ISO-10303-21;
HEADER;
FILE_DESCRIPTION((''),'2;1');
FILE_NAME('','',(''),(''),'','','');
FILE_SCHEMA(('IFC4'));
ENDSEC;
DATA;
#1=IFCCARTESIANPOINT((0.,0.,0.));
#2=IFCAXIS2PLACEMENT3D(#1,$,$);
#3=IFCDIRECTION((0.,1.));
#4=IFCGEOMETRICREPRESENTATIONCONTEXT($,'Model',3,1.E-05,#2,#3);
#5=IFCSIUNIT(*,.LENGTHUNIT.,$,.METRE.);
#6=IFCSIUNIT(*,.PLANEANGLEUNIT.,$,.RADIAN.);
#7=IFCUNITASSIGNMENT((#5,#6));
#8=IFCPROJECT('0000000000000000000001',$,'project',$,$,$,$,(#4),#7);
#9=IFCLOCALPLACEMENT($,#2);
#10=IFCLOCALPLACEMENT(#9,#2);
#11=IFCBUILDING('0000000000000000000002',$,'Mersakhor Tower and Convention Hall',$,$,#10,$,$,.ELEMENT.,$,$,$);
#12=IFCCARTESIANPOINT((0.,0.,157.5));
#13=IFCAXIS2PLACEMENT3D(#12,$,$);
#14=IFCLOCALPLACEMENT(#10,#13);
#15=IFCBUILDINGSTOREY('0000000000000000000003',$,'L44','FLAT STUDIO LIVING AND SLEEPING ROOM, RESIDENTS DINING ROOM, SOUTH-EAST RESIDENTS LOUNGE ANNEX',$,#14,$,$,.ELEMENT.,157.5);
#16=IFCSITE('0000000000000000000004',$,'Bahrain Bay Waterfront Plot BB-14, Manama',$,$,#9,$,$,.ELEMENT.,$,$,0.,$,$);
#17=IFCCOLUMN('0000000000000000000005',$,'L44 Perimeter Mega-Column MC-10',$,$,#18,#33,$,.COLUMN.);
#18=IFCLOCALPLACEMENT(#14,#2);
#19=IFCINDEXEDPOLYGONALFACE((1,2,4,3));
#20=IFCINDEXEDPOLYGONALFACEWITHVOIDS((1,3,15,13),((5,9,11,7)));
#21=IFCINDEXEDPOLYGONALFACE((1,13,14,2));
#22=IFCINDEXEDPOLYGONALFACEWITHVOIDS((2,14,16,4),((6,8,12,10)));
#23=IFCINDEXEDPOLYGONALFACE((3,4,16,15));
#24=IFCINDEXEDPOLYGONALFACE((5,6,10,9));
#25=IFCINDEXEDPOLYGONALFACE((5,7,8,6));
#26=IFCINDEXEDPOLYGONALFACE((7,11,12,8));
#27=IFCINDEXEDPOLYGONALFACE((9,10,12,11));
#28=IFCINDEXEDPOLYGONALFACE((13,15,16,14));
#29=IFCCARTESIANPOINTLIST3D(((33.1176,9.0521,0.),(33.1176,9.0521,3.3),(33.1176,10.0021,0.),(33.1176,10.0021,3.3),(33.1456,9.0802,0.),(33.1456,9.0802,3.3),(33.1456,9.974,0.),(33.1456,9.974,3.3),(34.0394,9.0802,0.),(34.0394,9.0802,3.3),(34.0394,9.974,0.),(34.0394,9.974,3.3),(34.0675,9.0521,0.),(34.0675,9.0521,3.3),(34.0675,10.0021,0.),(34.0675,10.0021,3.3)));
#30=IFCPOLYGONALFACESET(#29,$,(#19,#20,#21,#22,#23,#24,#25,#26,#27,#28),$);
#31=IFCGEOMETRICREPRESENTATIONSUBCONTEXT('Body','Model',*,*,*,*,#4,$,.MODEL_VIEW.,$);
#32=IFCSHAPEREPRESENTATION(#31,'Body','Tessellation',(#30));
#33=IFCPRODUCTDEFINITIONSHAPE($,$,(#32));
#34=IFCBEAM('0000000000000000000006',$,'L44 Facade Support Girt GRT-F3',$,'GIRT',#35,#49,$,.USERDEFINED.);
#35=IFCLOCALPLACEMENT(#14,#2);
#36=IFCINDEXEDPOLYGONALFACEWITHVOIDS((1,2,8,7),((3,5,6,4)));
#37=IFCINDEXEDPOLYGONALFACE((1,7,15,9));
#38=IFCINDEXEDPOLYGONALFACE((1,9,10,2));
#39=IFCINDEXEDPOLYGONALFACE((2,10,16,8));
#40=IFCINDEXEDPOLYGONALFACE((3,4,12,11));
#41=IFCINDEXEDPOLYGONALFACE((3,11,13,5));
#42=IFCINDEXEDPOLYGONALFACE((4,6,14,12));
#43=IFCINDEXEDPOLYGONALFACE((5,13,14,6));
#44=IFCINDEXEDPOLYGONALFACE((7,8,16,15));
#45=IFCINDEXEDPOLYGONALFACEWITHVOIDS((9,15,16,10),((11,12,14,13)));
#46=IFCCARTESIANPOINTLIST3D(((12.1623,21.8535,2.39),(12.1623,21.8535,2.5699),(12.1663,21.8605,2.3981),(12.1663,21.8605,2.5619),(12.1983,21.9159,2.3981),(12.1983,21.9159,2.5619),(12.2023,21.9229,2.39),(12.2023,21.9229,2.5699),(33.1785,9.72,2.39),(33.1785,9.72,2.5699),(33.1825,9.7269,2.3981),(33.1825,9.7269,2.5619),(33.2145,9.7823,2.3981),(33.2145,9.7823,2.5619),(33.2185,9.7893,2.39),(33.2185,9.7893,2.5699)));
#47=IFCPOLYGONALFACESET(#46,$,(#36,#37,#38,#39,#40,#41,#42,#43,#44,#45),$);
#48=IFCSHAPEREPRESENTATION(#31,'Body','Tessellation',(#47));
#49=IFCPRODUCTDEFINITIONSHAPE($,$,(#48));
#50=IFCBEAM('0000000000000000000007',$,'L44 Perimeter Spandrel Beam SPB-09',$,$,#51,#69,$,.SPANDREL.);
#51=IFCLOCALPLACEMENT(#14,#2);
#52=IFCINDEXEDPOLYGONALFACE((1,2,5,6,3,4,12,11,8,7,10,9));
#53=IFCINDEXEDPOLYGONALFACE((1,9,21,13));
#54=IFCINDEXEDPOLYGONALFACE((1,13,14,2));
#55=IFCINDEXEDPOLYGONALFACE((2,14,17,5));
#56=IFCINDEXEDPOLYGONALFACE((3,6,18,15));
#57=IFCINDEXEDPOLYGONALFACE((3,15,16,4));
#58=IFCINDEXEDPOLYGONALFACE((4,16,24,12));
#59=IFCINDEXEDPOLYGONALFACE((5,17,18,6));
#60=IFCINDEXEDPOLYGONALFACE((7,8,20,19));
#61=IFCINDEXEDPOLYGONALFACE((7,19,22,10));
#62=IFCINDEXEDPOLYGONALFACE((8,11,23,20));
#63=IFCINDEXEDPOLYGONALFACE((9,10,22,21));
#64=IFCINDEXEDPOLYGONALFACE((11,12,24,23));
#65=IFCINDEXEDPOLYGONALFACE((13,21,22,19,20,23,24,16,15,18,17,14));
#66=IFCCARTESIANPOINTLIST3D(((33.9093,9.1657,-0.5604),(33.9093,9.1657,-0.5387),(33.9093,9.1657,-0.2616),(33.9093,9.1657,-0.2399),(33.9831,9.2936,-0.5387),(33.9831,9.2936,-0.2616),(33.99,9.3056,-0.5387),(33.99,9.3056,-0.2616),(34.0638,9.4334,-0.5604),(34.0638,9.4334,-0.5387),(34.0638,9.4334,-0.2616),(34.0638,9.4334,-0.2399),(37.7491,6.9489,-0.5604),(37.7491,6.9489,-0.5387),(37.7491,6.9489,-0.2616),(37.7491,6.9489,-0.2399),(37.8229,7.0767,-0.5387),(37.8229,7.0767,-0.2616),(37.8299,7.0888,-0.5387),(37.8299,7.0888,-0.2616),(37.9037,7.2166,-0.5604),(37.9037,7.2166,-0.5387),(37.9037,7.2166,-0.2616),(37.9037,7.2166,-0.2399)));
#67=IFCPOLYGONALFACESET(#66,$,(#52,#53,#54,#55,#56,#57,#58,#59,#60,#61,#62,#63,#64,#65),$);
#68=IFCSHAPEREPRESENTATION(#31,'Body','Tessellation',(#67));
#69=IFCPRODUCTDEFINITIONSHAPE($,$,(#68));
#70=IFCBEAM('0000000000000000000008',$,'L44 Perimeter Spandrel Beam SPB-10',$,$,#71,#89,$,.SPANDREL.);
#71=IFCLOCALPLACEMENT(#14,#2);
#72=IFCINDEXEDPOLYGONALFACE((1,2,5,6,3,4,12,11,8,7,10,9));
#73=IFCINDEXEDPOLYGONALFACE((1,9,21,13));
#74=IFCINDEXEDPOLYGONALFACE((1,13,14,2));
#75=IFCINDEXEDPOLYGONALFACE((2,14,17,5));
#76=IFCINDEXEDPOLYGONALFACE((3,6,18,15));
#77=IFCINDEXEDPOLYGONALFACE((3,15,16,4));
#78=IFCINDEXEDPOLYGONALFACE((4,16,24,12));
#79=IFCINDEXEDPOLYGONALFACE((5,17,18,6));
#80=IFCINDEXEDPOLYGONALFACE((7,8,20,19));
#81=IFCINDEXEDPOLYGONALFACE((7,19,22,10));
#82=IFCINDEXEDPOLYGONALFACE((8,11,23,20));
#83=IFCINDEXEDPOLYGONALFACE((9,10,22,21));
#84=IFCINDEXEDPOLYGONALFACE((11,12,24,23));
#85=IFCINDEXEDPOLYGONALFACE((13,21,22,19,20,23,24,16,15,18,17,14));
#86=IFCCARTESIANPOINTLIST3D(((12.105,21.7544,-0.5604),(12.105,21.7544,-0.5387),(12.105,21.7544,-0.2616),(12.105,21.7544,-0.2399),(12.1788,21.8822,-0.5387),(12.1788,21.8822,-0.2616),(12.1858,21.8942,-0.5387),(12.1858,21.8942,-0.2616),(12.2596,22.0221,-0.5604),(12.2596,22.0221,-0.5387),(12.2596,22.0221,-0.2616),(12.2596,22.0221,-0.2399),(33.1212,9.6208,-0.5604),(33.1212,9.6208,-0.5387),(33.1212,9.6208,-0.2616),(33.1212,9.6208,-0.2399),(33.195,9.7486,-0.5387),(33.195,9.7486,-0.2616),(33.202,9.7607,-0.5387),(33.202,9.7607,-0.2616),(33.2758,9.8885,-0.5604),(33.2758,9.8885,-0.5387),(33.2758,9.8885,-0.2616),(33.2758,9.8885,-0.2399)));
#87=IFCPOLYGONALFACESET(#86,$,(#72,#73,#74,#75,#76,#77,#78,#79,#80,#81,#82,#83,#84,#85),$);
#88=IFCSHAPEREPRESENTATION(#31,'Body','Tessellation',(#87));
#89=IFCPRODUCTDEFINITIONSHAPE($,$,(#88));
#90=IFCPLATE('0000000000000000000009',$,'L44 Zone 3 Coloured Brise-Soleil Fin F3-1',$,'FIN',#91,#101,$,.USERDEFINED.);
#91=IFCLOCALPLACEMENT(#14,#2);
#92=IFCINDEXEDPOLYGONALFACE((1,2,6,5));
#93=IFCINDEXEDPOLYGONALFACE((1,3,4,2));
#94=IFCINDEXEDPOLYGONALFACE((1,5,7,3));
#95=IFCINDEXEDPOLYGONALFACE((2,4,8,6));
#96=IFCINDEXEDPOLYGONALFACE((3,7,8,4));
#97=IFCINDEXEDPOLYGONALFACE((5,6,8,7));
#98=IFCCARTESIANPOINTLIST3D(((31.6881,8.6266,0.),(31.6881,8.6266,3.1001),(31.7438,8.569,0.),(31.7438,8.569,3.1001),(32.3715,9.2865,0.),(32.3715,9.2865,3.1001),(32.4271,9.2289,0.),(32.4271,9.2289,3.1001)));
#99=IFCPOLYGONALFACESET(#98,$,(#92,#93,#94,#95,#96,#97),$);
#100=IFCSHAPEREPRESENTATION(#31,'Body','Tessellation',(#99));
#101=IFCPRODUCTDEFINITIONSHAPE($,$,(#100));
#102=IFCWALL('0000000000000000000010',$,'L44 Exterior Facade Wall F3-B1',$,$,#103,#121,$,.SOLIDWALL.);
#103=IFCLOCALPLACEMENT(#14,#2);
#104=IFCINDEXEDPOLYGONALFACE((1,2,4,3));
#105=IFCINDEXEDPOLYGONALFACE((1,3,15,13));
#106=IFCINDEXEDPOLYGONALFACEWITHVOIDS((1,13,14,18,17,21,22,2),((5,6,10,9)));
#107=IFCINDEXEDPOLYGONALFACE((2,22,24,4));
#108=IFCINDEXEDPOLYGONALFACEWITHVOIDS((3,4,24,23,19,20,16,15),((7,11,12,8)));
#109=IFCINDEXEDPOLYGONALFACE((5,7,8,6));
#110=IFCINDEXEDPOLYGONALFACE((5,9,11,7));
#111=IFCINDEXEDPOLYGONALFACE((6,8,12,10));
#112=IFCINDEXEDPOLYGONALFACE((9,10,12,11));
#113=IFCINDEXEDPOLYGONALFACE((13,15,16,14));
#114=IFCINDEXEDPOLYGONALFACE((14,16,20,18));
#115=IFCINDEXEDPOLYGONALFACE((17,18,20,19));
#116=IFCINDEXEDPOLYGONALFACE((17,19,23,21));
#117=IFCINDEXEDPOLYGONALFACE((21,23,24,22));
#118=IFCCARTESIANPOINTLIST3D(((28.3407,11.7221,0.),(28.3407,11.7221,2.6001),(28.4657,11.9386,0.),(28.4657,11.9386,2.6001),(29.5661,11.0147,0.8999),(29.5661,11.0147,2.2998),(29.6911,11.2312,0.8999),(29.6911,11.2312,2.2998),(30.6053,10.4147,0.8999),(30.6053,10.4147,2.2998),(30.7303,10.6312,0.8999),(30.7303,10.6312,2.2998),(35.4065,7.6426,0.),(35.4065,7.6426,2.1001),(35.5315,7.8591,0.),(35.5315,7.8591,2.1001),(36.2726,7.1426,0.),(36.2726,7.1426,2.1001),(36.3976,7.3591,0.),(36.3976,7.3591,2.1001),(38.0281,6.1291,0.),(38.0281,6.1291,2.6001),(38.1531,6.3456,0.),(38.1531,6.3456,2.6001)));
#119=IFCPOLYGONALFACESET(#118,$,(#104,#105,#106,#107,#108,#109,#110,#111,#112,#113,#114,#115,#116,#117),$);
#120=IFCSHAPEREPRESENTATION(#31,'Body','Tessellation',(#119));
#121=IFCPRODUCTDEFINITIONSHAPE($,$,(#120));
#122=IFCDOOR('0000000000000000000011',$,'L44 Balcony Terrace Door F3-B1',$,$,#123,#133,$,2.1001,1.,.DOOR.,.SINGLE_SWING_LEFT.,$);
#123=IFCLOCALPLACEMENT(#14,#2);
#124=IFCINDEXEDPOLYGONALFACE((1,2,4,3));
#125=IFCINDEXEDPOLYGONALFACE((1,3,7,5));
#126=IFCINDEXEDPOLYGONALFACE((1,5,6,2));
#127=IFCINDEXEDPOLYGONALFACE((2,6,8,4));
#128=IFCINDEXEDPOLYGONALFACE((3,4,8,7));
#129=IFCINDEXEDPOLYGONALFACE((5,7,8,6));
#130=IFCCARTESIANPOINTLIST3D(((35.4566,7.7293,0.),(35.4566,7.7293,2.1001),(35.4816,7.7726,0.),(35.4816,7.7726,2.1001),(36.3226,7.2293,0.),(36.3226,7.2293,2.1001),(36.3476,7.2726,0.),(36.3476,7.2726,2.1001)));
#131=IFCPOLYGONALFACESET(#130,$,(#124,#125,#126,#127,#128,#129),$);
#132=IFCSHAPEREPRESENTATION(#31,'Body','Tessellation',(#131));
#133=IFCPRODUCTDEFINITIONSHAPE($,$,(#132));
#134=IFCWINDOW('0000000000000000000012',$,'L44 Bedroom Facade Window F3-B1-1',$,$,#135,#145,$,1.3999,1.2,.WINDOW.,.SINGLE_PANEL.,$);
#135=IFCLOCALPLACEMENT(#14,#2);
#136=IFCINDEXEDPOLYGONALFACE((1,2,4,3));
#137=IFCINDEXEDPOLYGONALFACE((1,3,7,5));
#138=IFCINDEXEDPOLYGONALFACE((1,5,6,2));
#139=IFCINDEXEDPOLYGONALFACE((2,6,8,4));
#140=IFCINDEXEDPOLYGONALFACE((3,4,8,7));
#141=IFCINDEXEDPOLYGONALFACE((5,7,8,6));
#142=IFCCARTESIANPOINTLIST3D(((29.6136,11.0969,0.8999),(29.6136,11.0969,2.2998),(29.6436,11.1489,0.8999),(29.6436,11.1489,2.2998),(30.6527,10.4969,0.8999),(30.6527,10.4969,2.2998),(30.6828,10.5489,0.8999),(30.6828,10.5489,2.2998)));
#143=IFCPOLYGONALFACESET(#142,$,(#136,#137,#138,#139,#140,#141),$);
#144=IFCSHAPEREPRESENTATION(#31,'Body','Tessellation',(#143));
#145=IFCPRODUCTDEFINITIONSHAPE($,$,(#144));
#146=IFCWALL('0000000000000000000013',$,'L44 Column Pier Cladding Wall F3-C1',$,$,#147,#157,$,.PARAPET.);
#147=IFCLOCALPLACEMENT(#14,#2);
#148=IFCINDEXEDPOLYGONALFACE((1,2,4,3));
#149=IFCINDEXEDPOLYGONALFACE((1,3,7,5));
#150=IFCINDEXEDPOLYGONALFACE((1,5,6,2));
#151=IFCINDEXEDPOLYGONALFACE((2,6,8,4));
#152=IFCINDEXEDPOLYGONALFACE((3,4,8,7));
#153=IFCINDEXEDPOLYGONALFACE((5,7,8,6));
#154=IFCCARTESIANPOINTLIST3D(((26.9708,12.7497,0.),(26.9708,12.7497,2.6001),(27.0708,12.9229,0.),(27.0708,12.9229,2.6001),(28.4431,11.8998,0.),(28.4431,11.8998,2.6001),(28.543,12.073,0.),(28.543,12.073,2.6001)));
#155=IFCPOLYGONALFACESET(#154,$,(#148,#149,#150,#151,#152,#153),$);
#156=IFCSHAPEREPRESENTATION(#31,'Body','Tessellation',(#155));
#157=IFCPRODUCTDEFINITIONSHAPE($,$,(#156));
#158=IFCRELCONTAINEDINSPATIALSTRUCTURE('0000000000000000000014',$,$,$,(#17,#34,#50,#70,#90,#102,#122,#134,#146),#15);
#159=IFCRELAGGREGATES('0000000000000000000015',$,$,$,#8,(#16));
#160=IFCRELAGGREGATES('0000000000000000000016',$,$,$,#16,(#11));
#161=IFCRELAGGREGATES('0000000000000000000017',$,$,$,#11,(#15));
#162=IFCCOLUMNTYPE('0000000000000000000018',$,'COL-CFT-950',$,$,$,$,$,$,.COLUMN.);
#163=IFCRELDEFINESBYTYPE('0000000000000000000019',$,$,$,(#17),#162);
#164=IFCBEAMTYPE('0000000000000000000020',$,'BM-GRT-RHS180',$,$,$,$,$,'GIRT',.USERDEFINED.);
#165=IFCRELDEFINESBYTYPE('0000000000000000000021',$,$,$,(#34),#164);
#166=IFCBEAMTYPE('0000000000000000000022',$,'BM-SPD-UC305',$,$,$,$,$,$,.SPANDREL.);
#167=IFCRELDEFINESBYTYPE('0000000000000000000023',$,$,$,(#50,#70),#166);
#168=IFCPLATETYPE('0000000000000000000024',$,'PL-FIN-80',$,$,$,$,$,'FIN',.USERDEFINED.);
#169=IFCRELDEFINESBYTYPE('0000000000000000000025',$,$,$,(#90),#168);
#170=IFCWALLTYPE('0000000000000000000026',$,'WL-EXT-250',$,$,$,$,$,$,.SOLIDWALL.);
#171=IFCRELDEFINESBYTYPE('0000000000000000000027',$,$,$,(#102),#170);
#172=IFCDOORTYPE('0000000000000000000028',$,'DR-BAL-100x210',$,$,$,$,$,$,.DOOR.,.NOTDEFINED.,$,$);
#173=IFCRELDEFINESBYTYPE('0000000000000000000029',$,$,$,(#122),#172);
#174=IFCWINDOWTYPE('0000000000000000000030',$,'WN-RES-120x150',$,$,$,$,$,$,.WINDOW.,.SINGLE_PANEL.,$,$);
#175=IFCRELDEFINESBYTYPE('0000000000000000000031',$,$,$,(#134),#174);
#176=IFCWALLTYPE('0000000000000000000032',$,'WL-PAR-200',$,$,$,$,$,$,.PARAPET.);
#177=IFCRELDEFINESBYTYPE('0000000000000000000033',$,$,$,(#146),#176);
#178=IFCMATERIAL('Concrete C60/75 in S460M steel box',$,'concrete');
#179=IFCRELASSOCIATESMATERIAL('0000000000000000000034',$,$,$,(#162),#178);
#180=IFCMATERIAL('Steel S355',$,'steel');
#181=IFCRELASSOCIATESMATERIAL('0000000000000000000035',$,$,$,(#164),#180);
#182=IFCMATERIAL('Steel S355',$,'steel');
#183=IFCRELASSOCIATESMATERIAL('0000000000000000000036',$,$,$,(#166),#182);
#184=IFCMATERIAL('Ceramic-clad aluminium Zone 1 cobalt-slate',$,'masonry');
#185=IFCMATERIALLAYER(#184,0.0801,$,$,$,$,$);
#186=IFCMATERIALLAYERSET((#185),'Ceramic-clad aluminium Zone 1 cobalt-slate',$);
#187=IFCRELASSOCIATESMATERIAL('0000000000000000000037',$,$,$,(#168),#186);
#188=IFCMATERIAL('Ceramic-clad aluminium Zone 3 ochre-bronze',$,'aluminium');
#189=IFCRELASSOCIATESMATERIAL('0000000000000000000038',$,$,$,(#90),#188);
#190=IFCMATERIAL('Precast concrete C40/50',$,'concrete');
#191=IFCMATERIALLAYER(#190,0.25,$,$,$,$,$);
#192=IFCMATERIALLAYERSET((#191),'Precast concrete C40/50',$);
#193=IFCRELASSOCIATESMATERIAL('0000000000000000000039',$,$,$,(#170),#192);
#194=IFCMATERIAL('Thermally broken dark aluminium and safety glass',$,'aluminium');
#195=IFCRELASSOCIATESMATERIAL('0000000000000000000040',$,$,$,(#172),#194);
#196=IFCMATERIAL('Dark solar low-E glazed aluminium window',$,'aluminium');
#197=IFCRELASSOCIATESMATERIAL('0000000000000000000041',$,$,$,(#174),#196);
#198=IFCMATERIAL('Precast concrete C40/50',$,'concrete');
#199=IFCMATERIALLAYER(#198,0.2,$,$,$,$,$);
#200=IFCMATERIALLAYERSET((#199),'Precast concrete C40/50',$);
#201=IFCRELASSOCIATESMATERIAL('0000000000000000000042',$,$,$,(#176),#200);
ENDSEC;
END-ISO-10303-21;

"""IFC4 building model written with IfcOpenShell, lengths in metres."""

from ifc_helpers import new_model, si_unit, direction, frame, frame_2d, origin, origin_2d, place, context, subcontext, project, spatial, rectangle, hollow_rectangle, i_section, extrude, material, layer, layer_set, material_profile, profile_set, type_object, element, fill, save


model = new_model("IFC4")

# Units and contexts
model_context = context("Model", 3, precision=1e-05, world=origin(), true_north=direction((0.0, 1.0)))
body_context = subcontext(model_context, "Body", "Model", "MODEL_VIEW")
ifc_project = project(units=[si_unit("LENGTHUNIT", "METRE"), si_unit("PLANEANGLEUNIT", "RADIAN")], contexts=[model_context])

# Site, building, storey
site_placement = place(None, origin())
site = spatial("IfcSite", under=ifc_project, at=site_placement, Name="Bahrain Bay Waterfront Plot BB-14, Manama", CompositionType="ELEMENT", RefElevation=0.0)
building_placement = place(site_placement, origin())
building = spatial("IfcBuilding", under=site, at=building_placement, Name="Mersakhor Tower and Convention Hall", CompositionType="ELEMENT")
storey_placement = place(building_placement, frame((0.0, 0.0, 157.5)))
storey = spatial("IfcBuildingStorey", under=building, at=storey_placement, Name="L44", Description="FLAT STUDIO LIVING AND SLEEPING ROOM, RESIDENTS DINING ROOM, SOUTH-EAST RESIDENTS LOUNGE ANNEX", CompositionType="ELEMENT", Elevation=157.5)

# Column
ifc_material_1 = material(Name="Concrete C60/75 in S460M steel box", Category="concrete")
ifc_material_profile_1 = material_profile(ifc_material_1, hollow_rectangle(XDim=0.95, YDim=0.95, WallThickness=0.0281, at=origin_2d()), Name="SHS 950x950x28")
ifc_profile_set_1 = profile_set([ifc_material_profile_1], Name="Concrete C60/75 in S460M steel box")
column_type = type_object("IfcColumnType", Name="COL-CFT-950", PredefinedType="COLUMN", material=ifc_profile_set_1)
column_placement = place(storey_placement, frame((33.5925, 9.5271, 0.0), z_axis=(0.0, 0.0, 1.0), x_axis=(1.0, 0.0, 0.0)))
element("IfcColumn", 1, at=column_placement, inside=storey, type_object=column_type, Name="L44 Perimeter Mega-Column MC-10", PredefinedType="COLUMN", context=body_context, shape_type="SweptSolid", body=[
    extrude(hollow_rectangle(XDim=0.95, YDim=0.95, WallThickness=0.0281, at=origin_2d()), origin(), (0.0, 0.0, 1.0), 3.3),
])

# Beams
ifc_material_2 = material(Name="Steel S355", Category="steel")
ifc_material_profile_2 = material_profile(ifc_material_2, hollow_rectangle(XDim=0.0801, YDim=0.1799, WallThickness=0.0081, at=origin_2d()), Name="RHS 180x80x8")
ifc_profile_set_2 = profile_set([ifc_material_profile_2], Name="Steel S355")
beam_type_1 = type_object("IfcBeamType", Name="BM-GRT-RHS180", ElementType="GIRT", PredefinedType="USERDEFINED", material=ifc_profile_set_2)
beam_1_placement = place(storey_placement, frame((33.1985, 9.7546, 2.48), z_axis=(-0.866027, 0.499996, 0.0), x_axis=(-0.499996, -0.866027, 0.0)))
element("IfcBeam", 2, at=beam_1_placement, inside=storey, type_object=beam_type_1, Name="L44 Facade Support Girt GRT-F3", ObjectType="GIRT", PredefinedType="USERDEFINED", context=body_context, shape_type="SweptSolid", body=[
    extrude(hollow_rectangle(XDim=0.0801, YDim=0.1799, WallThickness=0.0081, at=origin_2d()), origin(), (0.0, 0.0, 1.0), 24.2673),
])
ifc_material_3 = material(Name="Steel S355", Category="steel")
ifc_material_profile_3 = material_profile(ifc_material_3, i_section(OverallWidth=0.3091, OverallDepth=0.3206, WebThickness=0.0139, FlangeThickness=0.0217, at=origin_2d()), Name="UC 305x305x137")
ifc_profile_set_3 = profile_set([ifc_material_profile_3], Name="Steel S355")
beam_type_2 = type_object("IfcBeamType", Name="BM-SPD-UC305", PredefinedType="SPANDREL", material=ifc_profile_set_3)
beam_2_placement = place(storey_placement, frame((37.8264, 7.0828, -0.4001), z_axis=(-0.866039, 0.499977, 0.0), x_axis=(-0.499977, -0.866039, 0.0)))
element("IfcBeam", 3, at=beam_2_placement, inside=storey, type_object=beam_type_2, Name="L44 Perimeter Spandrel Beam SPB-09", PredefinedType="SPANDREL", context=body_context, shape_type="SweptSolid", body=[
    extrude(i_section(OverallWidth=0.3091, OverallDepth=0.3206, WebThickness=0.0139, FlangeThickness=0.0217, at=origin_2d()), origin(), (0.0, 0.0, 1.0), 4.4338),
])
beam_3_placement = place(storey_placement, frame((33.1985, 9.7546, -0.4001), z_axis=(-0.866027, 0.499996, 0.0), x_axis=(-0.499996, -0.866027, 0.0)))
element("IfcBeam", 4, at=beam_3_placement, inside=storey, type_object=beam_type_2, Name="L44 Perimeter Spandrel Beam SPB-10", PredefinedType="SPANDREL", context=body_context, shape_type="SweptSolid", body=[
    extrude(i_section(OverallWidth=0.3091, OverallDepth=0.3206, WebThickness=0.0139, FlangeThickness=0.0217, at=origin_2d()), origin(), (0.0, 0.0, 1.0), 24.2673),
])

# Plate
ifc_material_4 = material(Name="Ceramic-clad aluminium Zone 3 ochre-bronze", Category="aluminium")
ifc_material_5 = material(Name="Ceramic-clad aluminium Zone 1 cobalt-slate", Category="masonry")
ifc_layer_1 = layer(ifc_material_5, 0.0801)
ifc_layer_set_1 = layer_set([ifc_layer_1], Name="Ceramic-clad aluminium Zone 1 cobalt-slate")
plate_type = type_object("IfcPlateType", Name="PL-FIN-80", ElementType="FIN", PredefinedType="USERDEFINED", material=ifc_layer_set_1)
plate_placement = place(storey_placement, frame((32.0576, 8.9277, 0.0), z_axis=(0.0, 0.0, 1.0), x_axis=(-0.71934, -0.694658, 0.0)))
element("IfcPlate", 5, at=plate_placement, inside=storey, type_object=plate_type, material=ifc_material_4, Name="L44 Zone 3 Coloured Brise-Soleil Fin F3-1", ObjectType="FIN", PredefinedType="USERDEFINED", context=body_context, shape_type="SweptSolid", body=[
    extrude(rectangle(XDim=0.95, YDim=0.0801, at=origin_2d()), origin(), (0.0, 0.0, 1.0), 3.1001),
])

# Wall, openings, door, window
ifc_material_6 = material(Name="Precast concrete C40/50", Category="concrete")
ifc_layer_2 = layer(ifc_material_6, 0.25)
ifc_layer_set_2 = layer_set([ifc_layer_2], Name="Precast concrete C40/50")
wall_type_1 = type_object("IfcWallType", Name="WL-EXT-250", PredefinedType="SOLIDWALL", material=ifc_layer_set_2)
wall_1_placement = place(storey_placement, frame((38.0906, 6.2373, 0.0), z_axis=(0.0, 0.0, 1.0), x_axis=(-0.866022, 0.500005, 0.0)))
wall_1 = element("IfcWall", 6, at=wall_1_placement, inside=storey, type_object=wall_type_1, Name="L44 Exterior Facade Wall F3-B1", PredefinedType="SOLIDWALL", context=body_context, shape_type="SweptSolid", body=[
    extrude(rectangle(XDim=11.186, YDim=0.25, at=frame_2d((5.593, 0.0))), origin(), (0.0, 0.0, 1.0), 2.6001),
])
opening_1_placement = place(wall_1_placement, frame((2.0271, 0.0, 0.0)))
opening_1 = element("IfcOpeningElement", 7, at=opening_1_placement, cuts=wall_1, PredefinedType="OPENING", context=body_context, shape_type="SweptSolid", body=[
    extrude(rectangle(XDim=1.0, YDim=2.1001, at=frame_2d((0.5, 1.05))), frame((0.0, 0.135, 0.0), z_axis=(0.0, -1.0, 0.0), x_axis=(1.0, 0.0, 0.0)), (0.0, 0.0, 1.0), 0.27),
])
opening_2_placement = place(wall_1_placement, frame((8.571, 0.0, 0.8999)))
opening_2 = element("IfcOpeningElement", 8, at=opening_2_placement, cuts=wall_1, PredefinedType="OPENING", context=body_context, shape_type="SweptSolid", body=[
    extrude(rectangle(XDim=1.2, YDim=1.3999, at=frame_2d((0.6001, 0.7))), frame((0.0, 0.135, 0.0), z_axis=(0.0, -1.0, 0.0), x_axis=(1.0, 0.0, 0.0)), (0.0, 0.0, 1.0), 0.27),
])
ifc_material_7 = material(Name="Thermally broken dark aluminium and safety glass", Category="aluminium")
door_type_1 = type_object("IfcDoorType", Name="DR-BAL-100x210", OperationType="NOTDEFINED", PredefinedType="DOOR", material=ifc_material_7)
door_1_placement = place(opening_1_placement, origin())
door_1 = element("IfcDoor", 9, at=door_1_placement, inside=storey, type_object=door_type_1, Name="L44 Balcony Terrace Door F3-B1", OperationType="SINGLE_SWING_LEFT", OverallHeight=2.1001, OverallWidth=1.0, PredefinedType="DOOR", context=body_context, shape_type="SweptSolid", body=[
    extrude(rectangle(XDim=1.0, YDim=2.1001, at=frame_2d((0.5, 1.05))), frame((0.0, 0.0249, 0.0), z_axis=(0.0, -1.0, 0.0), x_axis=(1.0, 0.0, 0.0)), (0.0, 0.0, 1.0), 0.05),
])
fill(opening_1, door_1)
ifc_material_8 = material(Name="Dark solar low-E glazed aluminium window", Category="aluminium")
window_type = type_object("IfcWindowType", Name="WN-RES-120x150", PartitioningType="SINGLE_PANEL", PredefinedType="WINDOW", material=ifc_material_8)
window_placement = place(opening_2_placement, origin())
window = element("IfcWindow", 10, at=window_placement, inside=storey, type_object=window_type, Name="L44 Bedroom Facade Window F3-B1-1", OverallHeight=1.3999, OverallWidth=1.2, PartitioningType="SINGLE_PANEL", PredefinedType="WINDOW", context=body_context, shape_type="SweptSolid", body=[
    extrude(rectangle(XDim=1.2, YDim=1.3999, at=frame_2d((0.6001, 0.7))), frame((0.0, 0.03, 0.0), z_axis=(0.0, -1.0, 0.0), x_axis=(1.0, 0.0, 0.0)), (0.0, 0.0, 1.0), 0.0601),
])
fill(opening_2, window)

# Wall
ifc_material_9 = material(Name="Precast concrete C40/50", Category="concrete")
ifc_layer_3 = layer(ifc_material_9, 0.2)
ifc_layer_set_3 = layer_set([ifc_layer_3], Name="Precast concrete C40/50")
wall_type_2 = type_object("IfcWallType", Name="WL-PAR-200", PredefinedType="PARAPET", material=ifc_layer_set_3)
wall_2_placement = place(storey_placement, frame((28.4932, 11.9863, 0.0), z_axis=(0.0, 0.0, 1.0), x_axis=(-0.866052, 0.499955, 0.0)))
element("IfcWall", 11, at=wall_2_placement, inside=storey, type_object=wall_type_2, Name="L44 Column Pier Cladding Wall F3-C1", PredefinedType="PARAPET", context=body_context, shape_type="SweptSolid", body=[
    extrude(rectangle(XDim=1.7, YDim=0.2, at=frame_2d((0.8501, 0.0))), origin(), (0.0, 0.0, 1.0), 2.6001),
])

save(model, "model.ifc")
